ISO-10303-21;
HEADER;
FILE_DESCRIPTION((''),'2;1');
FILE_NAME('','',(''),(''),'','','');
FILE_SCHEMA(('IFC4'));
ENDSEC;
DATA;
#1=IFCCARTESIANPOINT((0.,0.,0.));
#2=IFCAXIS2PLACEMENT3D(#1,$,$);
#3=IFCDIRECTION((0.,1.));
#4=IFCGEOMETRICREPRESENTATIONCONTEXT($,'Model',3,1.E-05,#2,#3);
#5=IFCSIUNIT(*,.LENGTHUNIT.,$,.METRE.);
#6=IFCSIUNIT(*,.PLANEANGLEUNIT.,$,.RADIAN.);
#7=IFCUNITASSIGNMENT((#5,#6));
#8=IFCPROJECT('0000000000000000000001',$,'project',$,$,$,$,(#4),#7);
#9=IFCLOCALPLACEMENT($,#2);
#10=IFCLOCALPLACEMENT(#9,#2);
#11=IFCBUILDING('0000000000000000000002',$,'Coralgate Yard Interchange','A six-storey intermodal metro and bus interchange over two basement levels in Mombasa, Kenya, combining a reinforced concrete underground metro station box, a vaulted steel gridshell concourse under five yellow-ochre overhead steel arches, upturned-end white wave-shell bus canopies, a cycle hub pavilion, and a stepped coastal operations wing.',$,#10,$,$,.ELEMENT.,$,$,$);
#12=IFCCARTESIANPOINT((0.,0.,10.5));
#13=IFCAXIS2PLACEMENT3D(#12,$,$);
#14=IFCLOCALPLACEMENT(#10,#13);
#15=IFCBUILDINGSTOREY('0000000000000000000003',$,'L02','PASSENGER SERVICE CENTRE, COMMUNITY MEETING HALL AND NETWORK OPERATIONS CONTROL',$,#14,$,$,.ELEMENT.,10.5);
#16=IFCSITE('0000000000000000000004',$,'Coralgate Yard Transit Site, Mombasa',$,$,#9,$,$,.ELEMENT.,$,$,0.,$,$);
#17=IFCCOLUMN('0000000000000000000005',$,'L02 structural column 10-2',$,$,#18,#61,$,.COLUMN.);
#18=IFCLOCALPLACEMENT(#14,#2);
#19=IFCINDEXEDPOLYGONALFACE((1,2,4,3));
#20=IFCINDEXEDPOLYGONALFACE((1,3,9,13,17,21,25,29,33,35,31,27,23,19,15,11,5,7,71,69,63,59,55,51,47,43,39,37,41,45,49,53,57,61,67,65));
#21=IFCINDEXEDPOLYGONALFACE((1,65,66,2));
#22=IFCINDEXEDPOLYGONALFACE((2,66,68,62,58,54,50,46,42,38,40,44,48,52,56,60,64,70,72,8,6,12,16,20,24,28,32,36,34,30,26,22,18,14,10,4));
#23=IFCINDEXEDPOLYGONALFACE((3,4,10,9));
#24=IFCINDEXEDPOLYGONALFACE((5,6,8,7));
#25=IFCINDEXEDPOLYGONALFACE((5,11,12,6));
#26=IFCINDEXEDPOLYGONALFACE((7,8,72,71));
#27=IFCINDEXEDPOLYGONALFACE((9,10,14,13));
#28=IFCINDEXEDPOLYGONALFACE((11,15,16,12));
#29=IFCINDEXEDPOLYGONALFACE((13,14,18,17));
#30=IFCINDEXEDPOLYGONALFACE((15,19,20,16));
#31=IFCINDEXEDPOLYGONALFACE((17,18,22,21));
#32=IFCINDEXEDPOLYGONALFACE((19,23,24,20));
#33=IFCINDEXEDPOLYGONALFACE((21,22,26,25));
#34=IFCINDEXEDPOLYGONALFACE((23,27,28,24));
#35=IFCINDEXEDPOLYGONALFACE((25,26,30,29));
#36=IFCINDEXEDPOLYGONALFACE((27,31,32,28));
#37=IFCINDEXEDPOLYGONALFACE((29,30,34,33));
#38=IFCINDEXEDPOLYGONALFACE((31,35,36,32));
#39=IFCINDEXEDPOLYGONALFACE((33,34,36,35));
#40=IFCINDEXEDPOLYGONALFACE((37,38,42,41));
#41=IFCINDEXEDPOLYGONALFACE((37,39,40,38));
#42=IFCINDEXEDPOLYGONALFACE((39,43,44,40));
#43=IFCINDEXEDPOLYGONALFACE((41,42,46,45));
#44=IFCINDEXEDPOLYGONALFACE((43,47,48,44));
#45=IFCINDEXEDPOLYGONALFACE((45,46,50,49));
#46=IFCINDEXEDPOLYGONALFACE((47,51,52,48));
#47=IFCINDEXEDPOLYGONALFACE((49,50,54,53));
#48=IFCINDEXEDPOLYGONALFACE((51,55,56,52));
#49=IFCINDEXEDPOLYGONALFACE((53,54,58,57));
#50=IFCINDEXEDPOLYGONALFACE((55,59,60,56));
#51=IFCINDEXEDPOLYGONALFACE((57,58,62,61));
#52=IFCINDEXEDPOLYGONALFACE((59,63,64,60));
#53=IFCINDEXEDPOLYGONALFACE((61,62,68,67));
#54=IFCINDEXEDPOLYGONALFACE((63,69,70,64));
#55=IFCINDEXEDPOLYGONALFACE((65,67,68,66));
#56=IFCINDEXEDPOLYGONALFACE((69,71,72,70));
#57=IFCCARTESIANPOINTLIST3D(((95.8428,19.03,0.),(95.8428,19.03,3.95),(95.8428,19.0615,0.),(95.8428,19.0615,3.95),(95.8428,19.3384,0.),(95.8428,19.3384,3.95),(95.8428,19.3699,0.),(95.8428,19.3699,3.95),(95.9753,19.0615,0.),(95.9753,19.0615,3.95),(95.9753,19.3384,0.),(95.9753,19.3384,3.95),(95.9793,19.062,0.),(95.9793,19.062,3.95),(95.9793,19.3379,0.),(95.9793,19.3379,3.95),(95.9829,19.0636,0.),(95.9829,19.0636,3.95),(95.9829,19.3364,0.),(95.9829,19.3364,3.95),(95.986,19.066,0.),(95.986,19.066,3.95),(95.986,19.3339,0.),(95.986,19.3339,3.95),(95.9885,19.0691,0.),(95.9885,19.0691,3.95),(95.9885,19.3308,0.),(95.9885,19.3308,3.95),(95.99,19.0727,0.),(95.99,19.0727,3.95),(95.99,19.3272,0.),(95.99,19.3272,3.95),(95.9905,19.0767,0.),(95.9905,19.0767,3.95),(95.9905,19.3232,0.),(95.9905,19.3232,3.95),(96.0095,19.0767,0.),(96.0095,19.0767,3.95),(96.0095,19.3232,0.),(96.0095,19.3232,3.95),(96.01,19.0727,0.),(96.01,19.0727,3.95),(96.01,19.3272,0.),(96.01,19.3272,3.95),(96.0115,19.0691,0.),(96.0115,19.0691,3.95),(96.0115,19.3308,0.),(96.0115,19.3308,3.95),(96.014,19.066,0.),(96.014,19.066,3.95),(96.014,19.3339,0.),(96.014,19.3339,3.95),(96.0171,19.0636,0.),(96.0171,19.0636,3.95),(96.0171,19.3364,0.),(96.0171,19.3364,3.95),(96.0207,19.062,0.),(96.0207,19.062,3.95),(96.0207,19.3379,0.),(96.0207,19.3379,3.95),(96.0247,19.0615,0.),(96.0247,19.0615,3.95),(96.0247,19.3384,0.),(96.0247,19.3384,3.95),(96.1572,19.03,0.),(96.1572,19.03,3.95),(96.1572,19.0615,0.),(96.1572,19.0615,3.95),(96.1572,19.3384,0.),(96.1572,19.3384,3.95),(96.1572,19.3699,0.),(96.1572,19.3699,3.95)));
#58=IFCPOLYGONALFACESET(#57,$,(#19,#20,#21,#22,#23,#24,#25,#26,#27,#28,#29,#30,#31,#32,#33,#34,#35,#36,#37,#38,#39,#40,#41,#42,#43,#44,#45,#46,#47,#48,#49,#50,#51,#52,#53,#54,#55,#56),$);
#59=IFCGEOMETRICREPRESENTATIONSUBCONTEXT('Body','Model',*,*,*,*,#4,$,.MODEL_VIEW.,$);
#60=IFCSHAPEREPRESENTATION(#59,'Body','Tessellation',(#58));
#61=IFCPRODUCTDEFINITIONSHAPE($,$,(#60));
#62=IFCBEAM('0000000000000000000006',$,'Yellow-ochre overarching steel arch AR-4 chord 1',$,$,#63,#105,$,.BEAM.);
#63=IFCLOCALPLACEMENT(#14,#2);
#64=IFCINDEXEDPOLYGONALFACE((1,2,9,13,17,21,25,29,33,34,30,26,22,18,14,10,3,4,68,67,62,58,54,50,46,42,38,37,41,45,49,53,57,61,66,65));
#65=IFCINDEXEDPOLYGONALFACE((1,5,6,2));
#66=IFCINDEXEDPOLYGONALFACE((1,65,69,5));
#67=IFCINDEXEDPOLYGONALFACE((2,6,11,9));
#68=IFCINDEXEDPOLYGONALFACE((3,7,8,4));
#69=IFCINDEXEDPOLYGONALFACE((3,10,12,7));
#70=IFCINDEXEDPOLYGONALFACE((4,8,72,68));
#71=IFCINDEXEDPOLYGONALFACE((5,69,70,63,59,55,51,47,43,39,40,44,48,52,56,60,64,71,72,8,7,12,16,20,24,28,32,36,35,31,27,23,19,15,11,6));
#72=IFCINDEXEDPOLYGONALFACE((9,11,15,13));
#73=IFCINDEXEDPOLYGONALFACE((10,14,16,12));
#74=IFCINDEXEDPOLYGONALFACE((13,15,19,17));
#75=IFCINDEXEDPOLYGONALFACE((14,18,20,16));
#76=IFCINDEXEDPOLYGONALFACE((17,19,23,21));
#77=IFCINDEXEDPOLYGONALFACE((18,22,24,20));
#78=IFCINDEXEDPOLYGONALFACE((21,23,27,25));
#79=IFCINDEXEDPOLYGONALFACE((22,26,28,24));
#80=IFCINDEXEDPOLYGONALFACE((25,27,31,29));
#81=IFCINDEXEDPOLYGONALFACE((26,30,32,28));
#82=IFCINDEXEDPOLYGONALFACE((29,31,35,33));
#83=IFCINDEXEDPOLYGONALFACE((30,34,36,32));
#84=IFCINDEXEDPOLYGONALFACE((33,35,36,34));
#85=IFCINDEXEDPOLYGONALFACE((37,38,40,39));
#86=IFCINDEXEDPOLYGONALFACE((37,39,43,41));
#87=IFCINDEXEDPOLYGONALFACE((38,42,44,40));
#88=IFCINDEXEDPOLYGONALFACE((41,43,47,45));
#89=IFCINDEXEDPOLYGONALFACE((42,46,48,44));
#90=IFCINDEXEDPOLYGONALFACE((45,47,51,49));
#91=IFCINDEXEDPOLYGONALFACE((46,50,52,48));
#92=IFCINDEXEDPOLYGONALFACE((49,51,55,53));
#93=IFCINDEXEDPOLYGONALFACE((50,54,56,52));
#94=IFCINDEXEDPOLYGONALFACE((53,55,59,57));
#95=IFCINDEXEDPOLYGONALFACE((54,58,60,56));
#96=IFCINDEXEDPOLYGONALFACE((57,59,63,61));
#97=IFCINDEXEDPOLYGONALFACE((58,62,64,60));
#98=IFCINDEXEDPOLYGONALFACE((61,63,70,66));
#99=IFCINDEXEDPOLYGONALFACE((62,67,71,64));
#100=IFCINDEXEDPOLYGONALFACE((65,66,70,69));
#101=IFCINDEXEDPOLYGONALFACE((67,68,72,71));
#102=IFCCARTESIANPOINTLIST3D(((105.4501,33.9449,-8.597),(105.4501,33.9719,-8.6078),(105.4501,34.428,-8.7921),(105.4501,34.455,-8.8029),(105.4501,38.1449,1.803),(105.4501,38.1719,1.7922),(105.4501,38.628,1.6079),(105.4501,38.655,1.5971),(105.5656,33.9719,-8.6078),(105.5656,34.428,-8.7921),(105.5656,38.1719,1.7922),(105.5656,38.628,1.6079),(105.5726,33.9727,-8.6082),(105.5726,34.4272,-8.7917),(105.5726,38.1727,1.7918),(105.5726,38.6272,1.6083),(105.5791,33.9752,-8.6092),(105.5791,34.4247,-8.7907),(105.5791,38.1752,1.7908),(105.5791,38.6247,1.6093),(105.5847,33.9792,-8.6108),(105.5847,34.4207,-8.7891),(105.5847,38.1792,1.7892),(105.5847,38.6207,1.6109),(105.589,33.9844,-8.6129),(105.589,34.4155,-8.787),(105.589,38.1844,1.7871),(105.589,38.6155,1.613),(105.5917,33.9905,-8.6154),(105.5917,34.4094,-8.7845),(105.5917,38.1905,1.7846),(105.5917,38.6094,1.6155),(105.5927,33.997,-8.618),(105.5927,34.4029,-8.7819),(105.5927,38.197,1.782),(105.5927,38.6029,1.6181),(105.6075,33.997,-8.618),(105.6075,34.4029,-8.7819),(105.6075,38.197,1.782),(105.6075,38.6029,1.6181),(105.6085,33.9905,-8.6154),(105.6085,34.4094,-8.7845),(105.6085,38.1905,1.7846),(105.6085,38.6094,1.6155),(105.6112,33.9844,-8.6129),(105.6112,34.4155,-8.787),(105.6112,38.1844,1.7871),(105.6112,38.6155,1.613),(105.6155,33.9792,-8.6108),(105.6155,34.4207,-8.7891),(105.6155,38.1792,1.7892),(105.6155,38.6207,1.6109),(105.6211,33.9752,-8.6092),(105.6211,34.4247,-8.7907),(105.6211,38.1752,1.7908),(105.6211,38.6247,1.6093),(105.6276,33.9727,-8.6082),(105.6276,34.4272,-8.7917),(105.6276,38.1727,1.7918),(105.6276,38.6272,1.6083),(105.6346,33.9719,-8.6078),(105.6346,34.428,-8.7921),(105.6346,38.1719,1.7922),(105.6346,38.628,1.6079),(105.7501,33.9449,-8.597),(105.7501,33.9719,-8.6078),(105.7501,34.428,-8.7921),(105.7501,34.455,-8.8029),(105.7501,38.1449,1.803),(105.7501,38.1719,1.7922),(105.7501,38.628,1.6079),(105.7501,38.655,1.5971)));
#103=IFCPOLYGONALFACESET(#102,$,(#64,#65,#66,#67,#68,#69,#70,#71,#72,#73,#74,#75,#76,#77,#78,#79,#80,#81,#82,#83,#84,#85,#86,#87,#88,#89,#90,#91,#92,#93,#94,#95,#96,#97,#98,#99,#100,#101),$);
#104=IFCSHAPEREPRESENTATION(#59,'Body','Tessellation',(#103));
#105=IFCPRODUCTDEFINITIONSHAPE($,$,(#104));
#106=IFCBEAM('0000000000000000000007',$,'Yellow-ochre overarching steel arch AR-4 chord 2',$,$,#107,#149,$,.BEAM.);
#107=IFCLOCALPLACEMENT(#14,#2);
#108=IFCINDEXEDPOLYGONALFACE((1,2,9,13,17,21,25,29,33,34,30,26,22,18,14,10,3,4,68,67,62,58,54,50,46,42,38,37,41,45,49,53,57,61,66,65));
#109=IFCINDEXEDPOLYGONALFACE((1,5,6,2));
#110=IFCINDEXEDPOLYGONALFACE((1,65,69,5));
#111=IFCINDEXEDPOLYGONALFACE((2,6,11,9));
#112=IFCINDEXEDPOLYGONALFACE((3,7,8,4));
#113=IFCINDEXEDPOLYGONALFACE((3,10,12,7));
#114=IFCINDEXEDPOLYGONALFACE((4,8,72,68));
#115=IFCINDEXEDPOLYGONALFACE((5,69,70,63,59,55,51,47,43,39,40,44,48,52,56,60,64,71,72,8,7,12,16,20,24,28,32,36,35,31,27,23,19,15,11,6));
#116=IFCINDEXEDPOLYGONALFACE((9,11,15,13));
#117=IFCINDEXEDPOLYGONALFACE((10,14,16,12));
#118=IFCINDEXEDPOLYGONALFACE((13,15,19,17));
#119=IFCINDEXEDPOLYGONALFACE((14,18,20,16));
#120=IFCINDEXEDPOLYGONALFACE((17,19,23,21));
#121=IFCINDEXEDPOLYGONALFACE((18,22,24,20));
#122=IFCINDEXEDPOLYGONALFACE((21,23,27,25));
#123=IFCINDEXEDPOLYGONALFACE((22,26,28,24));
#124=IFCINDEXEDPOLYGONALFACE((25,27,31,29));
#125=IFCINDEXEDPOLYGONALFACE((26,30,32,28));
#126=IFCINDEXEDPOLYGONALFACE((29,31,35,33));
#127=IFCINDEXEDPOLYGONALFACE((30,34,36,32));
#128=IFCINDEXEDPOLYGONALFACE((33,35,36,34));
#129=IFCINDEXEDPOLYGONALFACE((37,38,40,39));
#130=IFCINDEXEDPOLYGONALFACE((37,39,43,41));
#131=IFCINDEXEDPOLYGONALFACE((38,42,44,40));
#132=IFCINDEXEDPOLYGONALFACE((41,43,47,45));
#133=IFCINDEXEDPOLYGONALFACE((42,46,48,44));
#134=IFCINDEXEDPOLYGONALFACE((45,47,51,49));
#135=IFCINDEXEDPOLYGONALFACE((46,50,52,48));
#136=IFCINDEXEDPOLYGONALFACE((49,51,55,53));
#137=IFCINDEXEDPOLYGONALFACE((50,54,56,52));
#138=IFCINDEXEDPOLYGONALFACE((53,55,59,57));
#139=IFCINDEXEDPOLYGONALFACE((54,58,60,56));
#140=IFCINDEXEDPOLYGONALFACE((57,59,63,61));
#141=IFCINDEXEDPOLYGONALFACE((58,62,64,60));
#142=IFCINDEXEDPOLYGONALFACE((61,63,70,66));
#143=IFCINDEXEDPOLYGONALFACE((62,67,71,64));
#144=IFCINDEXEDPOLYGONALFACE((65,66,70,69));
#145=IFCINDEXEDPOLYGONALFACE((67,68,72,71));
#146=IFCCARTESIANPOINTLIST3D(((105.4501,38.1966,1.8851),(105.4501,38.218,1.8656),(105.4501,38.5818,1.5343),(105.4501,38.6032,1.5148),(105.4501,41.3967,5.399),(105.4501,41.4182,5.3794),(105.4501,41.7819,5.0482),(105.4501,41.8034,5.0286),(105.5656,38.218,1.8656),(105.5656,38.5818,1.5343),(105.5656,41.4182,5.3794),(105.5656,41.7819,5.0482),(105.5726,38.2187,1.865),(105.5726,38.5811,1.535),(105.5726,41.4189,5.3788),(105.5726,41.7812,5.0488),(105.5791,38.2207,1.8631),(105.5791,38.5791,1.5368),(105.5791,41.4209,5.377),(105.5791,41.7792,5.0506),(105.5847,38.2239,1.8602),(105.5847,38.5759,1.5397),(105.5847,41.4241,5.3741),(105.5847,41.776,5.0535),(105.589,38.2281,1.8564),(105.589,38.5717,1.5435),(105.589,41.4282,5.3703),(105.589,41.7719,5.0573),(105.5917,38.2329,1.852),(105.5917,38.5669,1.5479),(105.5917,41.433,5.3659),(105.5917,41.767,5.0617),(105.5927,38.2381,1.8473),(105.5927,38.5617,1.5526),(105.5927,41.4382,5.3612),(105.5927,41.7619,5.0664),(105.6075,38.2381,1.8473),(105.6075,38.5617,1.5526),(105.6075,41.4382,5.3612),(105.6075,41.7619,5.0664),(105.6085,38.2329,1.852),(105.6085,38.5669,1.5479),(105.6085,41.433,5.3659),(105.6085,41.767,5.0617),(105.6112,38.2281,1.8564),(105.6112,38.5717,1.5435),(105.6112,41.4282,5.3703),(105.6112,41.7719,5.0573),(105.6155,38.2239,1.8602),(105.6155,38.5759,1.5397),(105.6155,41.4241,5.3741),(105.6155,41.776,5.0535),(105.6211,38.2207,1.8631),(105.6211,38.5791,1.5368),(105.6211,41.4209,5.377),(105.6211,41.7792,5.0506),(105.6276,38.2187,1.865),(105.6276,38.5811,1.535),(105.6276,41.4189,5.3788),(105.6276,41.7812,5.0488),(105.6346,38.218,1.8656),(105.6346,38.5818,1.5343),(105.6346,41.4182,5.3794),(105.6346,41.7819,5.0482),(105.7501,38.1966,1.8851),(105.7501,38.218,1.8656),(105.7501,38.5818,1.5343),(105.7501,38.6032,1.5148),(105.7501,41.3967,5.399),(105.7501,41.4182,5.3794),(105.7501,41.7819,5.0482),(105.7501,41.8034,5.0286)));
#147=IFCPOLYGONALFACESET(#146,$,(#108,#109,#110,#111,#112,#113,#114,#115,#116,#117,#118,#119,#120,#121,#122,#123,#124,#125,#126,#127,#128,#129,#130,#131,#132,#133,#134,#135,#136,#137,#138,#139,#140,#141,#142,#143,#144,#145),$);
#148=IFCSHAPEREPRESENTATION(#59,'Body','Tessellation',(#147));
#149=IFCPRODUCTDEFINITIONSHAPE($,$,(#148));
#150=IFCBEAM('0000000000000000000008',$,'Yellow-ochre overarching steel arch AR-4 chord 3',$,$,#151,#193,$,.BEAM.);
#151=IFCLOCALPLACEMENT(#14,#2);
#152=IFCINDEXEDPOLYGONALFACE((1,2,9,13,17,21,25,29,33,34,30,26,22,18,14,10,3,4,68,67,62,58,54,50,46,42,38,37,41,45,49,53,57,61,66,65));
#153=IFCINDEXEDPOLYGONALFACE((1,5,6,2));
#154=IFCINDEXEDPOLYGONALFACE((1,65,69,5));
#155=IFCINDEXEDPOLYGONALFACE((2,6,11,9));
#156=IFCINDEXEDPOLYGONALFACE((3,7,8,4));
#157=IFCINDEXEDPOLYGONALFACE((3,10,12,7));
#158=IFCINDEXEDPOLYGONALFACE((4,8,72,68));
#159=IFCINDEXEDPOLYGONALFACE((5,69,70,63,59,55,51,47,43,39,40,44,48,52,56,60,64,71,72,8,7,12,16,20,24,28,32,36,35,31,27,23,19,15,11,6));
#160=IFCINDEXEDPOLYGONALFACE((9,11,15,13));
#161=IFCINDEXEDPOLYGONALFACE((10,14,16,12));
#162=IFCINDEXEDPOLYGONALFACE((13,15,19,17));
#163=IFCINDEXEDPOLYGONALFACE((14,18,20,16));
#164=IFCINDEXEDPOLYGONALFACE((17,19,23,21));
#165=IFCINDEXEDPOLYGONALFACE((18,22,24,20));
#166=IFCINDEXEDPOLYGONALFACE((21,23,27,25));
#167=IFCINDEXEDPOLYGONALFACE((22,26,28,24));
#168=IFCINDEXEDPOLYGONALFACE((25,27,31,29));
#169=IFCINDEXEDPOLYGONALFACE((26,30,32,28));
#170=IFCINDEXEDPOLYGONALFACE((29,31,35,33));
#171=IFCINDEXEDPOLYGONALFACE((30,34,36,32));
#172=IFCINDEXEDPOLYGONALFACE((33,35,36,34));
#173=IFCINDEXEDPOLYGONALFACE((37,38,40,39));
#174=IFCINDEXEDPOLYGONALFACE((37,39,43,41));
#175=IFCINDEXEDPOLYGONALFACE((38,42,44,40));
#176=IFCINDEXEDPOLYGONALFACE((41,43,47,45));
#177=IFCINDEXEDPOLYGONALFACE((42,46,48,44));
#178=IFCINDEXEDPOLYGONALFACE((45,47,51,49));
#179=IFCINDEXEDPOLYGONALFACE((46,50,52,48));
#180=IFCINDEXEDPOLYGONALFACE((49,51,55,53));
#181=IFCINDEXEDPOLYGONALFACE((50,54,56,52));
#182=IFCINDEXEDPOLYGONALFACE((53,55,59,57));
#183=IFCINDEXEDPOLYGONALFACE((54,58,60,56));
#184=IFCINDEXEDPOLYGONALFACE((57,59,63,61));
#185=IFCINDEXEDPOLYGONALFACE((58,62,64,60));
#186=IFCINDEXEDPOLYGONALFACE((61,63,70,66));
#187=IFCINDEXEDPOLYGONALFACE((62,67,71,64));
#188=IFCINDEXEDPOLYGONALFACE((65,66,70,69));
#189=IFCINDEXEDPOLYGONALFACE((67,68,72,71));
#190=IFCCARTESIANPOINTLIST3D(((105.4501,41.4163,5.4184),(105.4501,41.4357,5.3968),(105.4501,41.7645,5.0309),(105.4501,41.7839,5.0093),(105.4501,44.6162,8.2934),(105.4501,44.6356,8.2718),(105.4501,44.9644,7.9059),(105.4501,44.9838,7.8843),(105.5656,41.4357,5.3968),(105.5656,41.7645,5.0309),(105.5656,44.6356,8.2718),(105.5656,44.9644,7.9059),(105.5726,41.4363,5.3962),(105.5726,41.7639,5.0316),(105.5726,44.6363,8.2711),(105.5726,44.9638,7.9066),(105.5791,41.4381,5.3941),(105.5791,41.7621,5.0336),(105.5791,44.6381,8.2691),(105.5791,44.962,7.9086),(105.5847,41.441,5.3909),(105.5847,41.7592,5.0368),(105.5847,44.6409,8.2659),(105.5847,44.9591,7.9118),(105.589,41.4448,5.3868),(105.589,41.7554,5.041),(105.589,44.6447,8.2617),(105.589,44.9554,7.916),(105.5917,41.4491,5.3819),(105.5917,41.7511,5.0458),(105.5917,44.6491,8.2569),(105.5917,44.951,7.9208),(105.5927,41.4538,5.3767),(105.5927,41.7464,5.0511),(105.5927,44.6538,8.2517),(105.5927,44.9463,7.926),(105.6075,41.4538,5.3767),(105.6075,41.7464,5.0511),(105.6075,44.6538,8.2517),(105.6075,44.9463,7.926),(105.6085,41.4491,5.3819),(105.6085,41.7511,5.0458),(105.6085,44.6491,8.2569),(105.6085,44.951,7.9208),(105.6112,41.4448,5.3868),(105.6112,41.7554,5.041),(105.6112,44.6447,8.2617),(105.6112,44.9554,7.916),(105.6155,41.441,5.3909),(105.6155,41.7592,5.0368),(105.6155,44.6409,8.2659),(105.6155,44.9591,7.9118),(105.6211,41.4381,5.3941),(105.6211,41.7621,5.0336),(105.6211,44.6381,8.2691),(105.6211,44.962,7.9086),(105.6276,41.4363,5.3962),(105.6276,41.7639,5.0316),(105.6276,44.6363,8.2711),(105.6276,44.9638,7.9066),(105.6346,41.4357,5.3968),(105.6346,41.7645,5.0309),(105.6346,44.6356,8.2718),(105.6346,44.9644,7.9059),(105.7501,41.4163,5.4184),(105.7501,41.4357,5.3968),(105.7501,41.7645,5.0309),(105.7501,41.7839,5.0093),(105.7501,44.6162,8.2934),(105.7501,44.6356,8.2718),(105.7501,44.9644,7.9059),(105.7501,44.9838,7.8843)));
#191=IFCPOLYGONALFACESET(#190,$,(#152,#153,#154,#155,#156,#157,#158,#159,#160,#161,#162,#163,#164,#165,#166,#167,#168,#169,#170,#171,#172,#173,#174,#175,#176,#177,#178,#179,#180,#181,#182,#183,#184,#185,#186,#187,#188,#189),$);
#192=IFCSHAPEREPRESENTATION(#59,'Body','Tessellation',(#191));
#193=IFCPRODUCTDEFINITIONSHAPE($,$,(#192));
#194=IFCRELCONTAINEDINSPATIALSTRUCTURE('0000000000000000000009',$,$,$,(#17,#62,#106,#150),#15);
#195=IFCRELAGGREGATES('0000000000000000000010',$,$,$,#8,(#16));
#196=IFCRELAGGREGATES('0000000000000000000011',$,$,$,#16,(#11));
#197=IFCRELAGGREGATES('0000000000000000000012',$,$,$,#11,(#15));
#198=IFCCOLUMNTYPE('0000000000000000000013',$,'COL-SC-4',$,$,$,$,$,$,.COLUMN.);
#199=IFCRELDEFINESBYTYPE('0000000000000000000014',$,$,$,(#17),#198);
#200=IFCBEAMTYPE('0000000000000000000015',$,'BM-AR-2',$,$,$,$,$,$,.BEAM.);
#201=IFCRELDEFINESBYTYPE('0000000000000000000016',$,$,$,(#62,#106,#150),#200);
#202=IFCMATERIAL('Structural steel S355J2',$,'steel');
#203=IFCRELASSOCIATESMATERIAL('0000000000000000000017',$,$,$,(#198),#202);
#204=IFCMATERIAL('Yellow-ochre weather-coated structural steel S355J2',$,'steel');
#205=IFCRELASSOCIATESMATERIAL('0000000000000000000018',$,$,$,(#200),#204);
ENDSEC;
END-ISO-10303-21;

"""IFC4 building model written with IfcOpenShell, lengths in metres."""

from ifc_helpers import new_model, si_unit, direction, frame, origin, origin_2d, place, context, subcontext, project, spatial, i_section, extrude, material, material_profile, profile_set, type_object, element, save


model = new_model("IFC4")

# Units and contexts
model_context = context("Model", 3, precision=1e-05, world=origin(), true_north=direction((0.0, 1.0)))
body_context = subcontext(model_context, "Body", "Model", "MODEL_VIEW")
ifc_project = project(units=[si_unit("LENGTHUNIT", "METRE"), si_unit("PLANEANGLEUNIT", "RADIAN")], contexts=[model_context])

# Site, building, storey
site_placement = place(None, origin())
site = spatial("IfcSite", under=ifc_project, at=site_placement, Name="Coralgate Yard Transit Site, Mombasa", CompositionType="ELEMENT", RefElevation=0.0)
building_placement = place(site_placement, origin())
building = spatial("IfcBuilding", under=site, at=building_placement, Name="Coralgate Yard Interchange", Description="A six-storey intermodal metro and bus interchange over two basement levels in Mombasa, Kenya, combining a reinforced concrete underground metro station box, a vaulted steel gridshell concourse under five yellow-ochre overhead steel arches, upturned-end white wave-shell bus canopies, a cycle hub pavilion, and a stepped coastal operations wing.", CompositionType="ELEMENT")
storey_placement = place(building_placement, frame((0.0, 0.0, 10.5)))
storey = spatial("IfcBuildingStorey", under=building, at=storey_placement, Name="L02", Description="PASSENGER SERVICE CENTRE, COMMUNITY MEETING HALL AND NETWORK OPERATIONS CONTROL", CompositionType="ELEMENT", Elevation=10.5)

# Column
ifc_material_1 = material(Name="Structural steel S355J2", Category="steel")
ifc_material_profile_1 = material_profile(ifc_material_1, i_section(OverallWidth=0.3145, OverallDepth=0.3398, WebThickness=0.019, FlangeThickness=0.0315, FilletRadius=0.0151, at=origin_2d()), Name="UC 305x305x198")
ifc_profile_set_1 = profile_set([ifc_material_profile_1], Name="Structural steel S355J2")
column_type = type_object("IfcColumnType", Name="COL-SC-4", PredefinedType="COLUMN", material=ifc_profile_set_1)
column_placement = place(storey_placement, frame((96.0, 19.2, 0.0), z_axis=(0.0, 0.0, 1.0), x_axis=(1.0, 0.0, 0.0)))
element("IfcColumn", 1, at=column_placement, inside=storey, type_object=column_type, Name="L02 structural column 10-2", PredefinedType="COLUMN", context=body_context, shape_type="SweptSolid", body=[
    extrude(i_section(OverallWidth=0.3145, OverallDepth=0.3398, WebThickness=0.019, FlangeThickness=0.0315, FilletRadius=0.0151, at=origin_2d()), origin(), (0.0, 0.0, 1.0), 3.95),
])

# Beams
ifc_material_2 = material(Name="Yellow-ochre weather-coated structural steel S355J2", Category="steel")
ifc_material_profile_2 = material_profile(ifc_material_2, i_section(OverallWidth=0.3, OverallDepth=0.55, WebThickness=0.0149, FlangeThickness=0.0291, FilletRadius=0.0271, at=origin_2d()), Name="HEB 550")
ifc_profile_set_2 = profile_set([ifc_material_profile_2], Name="Yellow-ochre weather-coated structural steel S355J2")
beam_type_1 = type_object("IfcBeamType", Name="BM-AR-2", PredefinedType="BEAM", material=ifc_profile_set_2)
beam_1_placement = place(storey_placement, frame((105.6001, 34.2, -8.7), z_axis=(0.0, 0.374462, 0.927242), x_axis=(-1.0, 0.0, 0.0)))
element("IfcBeam", 2, at=beam_1_placement, inside=storey, type_object=beam_type_1, Name="Yellow-ochre overarching steel arch AR-4 chord 1", PredefinedType="BEAM", context=body_context, shape_type="SweptSolid", body=[
    extrude(i_section(OverallWidth=0.3, OverallDepth=0.55, WebThickness=0.0149, FlangeThickness=0.0291, FilletRadius=0.0271, at=origin_2d()), origin(), (0.0, 0.0, 1.0), 11.2161),
])
beam_2_placement = place(storey_placement, frame((105.6001, 38.3999, 1.7), z_axis=(0.0, 0.673332, 0.73934), x_axis=(-1.0, 0.0, 0.0)))
element("IfcBeam", 3, at=beam_2_placement, inside=storey, type_object=beam_type_1, Name="Yellow-ochre overarching steel arch AR-4 chord 2", PredefinedType="BEAM", context=body_context, shape_type="SweptSolid", body=[
    extrude(i_section(OverallWidth=0.3, OverallDepth=0.55, WebThickness=0.0149, FlangeThickness=0.0291, FilletRadius=0.0271, at=origin_2d()), origin(), (0.0, 0.0, 1.0), 4.7527),
])
beam_3_placement = place(storey_placement, frame((105.6001, 41.6001, 5.2139), z_axis=(0.0, 0.743867, 0.668328), x_axis=(-1.0, 0.0, 0.0)))
element("IfcBeam", 4, at=beam_3_placement, inside=storey, type_object=beam_type_1, Name="Yellow-ochre overarching steel arch AR-4 chord 3", PredefinedType="BEAM", context=body_context, shape_type="SweptSolid", body=[
    extrude(i_section(OverallWidth=0.3, OverallDepth=0.55, WebThickness=0.0149, FlangeThickness=0.0291, FilletRadius=0.0271, at=origin_2d()), origin(), (0.0, 0.0, 1.0), 4.3018),
])

save(model, "model.ifc")
